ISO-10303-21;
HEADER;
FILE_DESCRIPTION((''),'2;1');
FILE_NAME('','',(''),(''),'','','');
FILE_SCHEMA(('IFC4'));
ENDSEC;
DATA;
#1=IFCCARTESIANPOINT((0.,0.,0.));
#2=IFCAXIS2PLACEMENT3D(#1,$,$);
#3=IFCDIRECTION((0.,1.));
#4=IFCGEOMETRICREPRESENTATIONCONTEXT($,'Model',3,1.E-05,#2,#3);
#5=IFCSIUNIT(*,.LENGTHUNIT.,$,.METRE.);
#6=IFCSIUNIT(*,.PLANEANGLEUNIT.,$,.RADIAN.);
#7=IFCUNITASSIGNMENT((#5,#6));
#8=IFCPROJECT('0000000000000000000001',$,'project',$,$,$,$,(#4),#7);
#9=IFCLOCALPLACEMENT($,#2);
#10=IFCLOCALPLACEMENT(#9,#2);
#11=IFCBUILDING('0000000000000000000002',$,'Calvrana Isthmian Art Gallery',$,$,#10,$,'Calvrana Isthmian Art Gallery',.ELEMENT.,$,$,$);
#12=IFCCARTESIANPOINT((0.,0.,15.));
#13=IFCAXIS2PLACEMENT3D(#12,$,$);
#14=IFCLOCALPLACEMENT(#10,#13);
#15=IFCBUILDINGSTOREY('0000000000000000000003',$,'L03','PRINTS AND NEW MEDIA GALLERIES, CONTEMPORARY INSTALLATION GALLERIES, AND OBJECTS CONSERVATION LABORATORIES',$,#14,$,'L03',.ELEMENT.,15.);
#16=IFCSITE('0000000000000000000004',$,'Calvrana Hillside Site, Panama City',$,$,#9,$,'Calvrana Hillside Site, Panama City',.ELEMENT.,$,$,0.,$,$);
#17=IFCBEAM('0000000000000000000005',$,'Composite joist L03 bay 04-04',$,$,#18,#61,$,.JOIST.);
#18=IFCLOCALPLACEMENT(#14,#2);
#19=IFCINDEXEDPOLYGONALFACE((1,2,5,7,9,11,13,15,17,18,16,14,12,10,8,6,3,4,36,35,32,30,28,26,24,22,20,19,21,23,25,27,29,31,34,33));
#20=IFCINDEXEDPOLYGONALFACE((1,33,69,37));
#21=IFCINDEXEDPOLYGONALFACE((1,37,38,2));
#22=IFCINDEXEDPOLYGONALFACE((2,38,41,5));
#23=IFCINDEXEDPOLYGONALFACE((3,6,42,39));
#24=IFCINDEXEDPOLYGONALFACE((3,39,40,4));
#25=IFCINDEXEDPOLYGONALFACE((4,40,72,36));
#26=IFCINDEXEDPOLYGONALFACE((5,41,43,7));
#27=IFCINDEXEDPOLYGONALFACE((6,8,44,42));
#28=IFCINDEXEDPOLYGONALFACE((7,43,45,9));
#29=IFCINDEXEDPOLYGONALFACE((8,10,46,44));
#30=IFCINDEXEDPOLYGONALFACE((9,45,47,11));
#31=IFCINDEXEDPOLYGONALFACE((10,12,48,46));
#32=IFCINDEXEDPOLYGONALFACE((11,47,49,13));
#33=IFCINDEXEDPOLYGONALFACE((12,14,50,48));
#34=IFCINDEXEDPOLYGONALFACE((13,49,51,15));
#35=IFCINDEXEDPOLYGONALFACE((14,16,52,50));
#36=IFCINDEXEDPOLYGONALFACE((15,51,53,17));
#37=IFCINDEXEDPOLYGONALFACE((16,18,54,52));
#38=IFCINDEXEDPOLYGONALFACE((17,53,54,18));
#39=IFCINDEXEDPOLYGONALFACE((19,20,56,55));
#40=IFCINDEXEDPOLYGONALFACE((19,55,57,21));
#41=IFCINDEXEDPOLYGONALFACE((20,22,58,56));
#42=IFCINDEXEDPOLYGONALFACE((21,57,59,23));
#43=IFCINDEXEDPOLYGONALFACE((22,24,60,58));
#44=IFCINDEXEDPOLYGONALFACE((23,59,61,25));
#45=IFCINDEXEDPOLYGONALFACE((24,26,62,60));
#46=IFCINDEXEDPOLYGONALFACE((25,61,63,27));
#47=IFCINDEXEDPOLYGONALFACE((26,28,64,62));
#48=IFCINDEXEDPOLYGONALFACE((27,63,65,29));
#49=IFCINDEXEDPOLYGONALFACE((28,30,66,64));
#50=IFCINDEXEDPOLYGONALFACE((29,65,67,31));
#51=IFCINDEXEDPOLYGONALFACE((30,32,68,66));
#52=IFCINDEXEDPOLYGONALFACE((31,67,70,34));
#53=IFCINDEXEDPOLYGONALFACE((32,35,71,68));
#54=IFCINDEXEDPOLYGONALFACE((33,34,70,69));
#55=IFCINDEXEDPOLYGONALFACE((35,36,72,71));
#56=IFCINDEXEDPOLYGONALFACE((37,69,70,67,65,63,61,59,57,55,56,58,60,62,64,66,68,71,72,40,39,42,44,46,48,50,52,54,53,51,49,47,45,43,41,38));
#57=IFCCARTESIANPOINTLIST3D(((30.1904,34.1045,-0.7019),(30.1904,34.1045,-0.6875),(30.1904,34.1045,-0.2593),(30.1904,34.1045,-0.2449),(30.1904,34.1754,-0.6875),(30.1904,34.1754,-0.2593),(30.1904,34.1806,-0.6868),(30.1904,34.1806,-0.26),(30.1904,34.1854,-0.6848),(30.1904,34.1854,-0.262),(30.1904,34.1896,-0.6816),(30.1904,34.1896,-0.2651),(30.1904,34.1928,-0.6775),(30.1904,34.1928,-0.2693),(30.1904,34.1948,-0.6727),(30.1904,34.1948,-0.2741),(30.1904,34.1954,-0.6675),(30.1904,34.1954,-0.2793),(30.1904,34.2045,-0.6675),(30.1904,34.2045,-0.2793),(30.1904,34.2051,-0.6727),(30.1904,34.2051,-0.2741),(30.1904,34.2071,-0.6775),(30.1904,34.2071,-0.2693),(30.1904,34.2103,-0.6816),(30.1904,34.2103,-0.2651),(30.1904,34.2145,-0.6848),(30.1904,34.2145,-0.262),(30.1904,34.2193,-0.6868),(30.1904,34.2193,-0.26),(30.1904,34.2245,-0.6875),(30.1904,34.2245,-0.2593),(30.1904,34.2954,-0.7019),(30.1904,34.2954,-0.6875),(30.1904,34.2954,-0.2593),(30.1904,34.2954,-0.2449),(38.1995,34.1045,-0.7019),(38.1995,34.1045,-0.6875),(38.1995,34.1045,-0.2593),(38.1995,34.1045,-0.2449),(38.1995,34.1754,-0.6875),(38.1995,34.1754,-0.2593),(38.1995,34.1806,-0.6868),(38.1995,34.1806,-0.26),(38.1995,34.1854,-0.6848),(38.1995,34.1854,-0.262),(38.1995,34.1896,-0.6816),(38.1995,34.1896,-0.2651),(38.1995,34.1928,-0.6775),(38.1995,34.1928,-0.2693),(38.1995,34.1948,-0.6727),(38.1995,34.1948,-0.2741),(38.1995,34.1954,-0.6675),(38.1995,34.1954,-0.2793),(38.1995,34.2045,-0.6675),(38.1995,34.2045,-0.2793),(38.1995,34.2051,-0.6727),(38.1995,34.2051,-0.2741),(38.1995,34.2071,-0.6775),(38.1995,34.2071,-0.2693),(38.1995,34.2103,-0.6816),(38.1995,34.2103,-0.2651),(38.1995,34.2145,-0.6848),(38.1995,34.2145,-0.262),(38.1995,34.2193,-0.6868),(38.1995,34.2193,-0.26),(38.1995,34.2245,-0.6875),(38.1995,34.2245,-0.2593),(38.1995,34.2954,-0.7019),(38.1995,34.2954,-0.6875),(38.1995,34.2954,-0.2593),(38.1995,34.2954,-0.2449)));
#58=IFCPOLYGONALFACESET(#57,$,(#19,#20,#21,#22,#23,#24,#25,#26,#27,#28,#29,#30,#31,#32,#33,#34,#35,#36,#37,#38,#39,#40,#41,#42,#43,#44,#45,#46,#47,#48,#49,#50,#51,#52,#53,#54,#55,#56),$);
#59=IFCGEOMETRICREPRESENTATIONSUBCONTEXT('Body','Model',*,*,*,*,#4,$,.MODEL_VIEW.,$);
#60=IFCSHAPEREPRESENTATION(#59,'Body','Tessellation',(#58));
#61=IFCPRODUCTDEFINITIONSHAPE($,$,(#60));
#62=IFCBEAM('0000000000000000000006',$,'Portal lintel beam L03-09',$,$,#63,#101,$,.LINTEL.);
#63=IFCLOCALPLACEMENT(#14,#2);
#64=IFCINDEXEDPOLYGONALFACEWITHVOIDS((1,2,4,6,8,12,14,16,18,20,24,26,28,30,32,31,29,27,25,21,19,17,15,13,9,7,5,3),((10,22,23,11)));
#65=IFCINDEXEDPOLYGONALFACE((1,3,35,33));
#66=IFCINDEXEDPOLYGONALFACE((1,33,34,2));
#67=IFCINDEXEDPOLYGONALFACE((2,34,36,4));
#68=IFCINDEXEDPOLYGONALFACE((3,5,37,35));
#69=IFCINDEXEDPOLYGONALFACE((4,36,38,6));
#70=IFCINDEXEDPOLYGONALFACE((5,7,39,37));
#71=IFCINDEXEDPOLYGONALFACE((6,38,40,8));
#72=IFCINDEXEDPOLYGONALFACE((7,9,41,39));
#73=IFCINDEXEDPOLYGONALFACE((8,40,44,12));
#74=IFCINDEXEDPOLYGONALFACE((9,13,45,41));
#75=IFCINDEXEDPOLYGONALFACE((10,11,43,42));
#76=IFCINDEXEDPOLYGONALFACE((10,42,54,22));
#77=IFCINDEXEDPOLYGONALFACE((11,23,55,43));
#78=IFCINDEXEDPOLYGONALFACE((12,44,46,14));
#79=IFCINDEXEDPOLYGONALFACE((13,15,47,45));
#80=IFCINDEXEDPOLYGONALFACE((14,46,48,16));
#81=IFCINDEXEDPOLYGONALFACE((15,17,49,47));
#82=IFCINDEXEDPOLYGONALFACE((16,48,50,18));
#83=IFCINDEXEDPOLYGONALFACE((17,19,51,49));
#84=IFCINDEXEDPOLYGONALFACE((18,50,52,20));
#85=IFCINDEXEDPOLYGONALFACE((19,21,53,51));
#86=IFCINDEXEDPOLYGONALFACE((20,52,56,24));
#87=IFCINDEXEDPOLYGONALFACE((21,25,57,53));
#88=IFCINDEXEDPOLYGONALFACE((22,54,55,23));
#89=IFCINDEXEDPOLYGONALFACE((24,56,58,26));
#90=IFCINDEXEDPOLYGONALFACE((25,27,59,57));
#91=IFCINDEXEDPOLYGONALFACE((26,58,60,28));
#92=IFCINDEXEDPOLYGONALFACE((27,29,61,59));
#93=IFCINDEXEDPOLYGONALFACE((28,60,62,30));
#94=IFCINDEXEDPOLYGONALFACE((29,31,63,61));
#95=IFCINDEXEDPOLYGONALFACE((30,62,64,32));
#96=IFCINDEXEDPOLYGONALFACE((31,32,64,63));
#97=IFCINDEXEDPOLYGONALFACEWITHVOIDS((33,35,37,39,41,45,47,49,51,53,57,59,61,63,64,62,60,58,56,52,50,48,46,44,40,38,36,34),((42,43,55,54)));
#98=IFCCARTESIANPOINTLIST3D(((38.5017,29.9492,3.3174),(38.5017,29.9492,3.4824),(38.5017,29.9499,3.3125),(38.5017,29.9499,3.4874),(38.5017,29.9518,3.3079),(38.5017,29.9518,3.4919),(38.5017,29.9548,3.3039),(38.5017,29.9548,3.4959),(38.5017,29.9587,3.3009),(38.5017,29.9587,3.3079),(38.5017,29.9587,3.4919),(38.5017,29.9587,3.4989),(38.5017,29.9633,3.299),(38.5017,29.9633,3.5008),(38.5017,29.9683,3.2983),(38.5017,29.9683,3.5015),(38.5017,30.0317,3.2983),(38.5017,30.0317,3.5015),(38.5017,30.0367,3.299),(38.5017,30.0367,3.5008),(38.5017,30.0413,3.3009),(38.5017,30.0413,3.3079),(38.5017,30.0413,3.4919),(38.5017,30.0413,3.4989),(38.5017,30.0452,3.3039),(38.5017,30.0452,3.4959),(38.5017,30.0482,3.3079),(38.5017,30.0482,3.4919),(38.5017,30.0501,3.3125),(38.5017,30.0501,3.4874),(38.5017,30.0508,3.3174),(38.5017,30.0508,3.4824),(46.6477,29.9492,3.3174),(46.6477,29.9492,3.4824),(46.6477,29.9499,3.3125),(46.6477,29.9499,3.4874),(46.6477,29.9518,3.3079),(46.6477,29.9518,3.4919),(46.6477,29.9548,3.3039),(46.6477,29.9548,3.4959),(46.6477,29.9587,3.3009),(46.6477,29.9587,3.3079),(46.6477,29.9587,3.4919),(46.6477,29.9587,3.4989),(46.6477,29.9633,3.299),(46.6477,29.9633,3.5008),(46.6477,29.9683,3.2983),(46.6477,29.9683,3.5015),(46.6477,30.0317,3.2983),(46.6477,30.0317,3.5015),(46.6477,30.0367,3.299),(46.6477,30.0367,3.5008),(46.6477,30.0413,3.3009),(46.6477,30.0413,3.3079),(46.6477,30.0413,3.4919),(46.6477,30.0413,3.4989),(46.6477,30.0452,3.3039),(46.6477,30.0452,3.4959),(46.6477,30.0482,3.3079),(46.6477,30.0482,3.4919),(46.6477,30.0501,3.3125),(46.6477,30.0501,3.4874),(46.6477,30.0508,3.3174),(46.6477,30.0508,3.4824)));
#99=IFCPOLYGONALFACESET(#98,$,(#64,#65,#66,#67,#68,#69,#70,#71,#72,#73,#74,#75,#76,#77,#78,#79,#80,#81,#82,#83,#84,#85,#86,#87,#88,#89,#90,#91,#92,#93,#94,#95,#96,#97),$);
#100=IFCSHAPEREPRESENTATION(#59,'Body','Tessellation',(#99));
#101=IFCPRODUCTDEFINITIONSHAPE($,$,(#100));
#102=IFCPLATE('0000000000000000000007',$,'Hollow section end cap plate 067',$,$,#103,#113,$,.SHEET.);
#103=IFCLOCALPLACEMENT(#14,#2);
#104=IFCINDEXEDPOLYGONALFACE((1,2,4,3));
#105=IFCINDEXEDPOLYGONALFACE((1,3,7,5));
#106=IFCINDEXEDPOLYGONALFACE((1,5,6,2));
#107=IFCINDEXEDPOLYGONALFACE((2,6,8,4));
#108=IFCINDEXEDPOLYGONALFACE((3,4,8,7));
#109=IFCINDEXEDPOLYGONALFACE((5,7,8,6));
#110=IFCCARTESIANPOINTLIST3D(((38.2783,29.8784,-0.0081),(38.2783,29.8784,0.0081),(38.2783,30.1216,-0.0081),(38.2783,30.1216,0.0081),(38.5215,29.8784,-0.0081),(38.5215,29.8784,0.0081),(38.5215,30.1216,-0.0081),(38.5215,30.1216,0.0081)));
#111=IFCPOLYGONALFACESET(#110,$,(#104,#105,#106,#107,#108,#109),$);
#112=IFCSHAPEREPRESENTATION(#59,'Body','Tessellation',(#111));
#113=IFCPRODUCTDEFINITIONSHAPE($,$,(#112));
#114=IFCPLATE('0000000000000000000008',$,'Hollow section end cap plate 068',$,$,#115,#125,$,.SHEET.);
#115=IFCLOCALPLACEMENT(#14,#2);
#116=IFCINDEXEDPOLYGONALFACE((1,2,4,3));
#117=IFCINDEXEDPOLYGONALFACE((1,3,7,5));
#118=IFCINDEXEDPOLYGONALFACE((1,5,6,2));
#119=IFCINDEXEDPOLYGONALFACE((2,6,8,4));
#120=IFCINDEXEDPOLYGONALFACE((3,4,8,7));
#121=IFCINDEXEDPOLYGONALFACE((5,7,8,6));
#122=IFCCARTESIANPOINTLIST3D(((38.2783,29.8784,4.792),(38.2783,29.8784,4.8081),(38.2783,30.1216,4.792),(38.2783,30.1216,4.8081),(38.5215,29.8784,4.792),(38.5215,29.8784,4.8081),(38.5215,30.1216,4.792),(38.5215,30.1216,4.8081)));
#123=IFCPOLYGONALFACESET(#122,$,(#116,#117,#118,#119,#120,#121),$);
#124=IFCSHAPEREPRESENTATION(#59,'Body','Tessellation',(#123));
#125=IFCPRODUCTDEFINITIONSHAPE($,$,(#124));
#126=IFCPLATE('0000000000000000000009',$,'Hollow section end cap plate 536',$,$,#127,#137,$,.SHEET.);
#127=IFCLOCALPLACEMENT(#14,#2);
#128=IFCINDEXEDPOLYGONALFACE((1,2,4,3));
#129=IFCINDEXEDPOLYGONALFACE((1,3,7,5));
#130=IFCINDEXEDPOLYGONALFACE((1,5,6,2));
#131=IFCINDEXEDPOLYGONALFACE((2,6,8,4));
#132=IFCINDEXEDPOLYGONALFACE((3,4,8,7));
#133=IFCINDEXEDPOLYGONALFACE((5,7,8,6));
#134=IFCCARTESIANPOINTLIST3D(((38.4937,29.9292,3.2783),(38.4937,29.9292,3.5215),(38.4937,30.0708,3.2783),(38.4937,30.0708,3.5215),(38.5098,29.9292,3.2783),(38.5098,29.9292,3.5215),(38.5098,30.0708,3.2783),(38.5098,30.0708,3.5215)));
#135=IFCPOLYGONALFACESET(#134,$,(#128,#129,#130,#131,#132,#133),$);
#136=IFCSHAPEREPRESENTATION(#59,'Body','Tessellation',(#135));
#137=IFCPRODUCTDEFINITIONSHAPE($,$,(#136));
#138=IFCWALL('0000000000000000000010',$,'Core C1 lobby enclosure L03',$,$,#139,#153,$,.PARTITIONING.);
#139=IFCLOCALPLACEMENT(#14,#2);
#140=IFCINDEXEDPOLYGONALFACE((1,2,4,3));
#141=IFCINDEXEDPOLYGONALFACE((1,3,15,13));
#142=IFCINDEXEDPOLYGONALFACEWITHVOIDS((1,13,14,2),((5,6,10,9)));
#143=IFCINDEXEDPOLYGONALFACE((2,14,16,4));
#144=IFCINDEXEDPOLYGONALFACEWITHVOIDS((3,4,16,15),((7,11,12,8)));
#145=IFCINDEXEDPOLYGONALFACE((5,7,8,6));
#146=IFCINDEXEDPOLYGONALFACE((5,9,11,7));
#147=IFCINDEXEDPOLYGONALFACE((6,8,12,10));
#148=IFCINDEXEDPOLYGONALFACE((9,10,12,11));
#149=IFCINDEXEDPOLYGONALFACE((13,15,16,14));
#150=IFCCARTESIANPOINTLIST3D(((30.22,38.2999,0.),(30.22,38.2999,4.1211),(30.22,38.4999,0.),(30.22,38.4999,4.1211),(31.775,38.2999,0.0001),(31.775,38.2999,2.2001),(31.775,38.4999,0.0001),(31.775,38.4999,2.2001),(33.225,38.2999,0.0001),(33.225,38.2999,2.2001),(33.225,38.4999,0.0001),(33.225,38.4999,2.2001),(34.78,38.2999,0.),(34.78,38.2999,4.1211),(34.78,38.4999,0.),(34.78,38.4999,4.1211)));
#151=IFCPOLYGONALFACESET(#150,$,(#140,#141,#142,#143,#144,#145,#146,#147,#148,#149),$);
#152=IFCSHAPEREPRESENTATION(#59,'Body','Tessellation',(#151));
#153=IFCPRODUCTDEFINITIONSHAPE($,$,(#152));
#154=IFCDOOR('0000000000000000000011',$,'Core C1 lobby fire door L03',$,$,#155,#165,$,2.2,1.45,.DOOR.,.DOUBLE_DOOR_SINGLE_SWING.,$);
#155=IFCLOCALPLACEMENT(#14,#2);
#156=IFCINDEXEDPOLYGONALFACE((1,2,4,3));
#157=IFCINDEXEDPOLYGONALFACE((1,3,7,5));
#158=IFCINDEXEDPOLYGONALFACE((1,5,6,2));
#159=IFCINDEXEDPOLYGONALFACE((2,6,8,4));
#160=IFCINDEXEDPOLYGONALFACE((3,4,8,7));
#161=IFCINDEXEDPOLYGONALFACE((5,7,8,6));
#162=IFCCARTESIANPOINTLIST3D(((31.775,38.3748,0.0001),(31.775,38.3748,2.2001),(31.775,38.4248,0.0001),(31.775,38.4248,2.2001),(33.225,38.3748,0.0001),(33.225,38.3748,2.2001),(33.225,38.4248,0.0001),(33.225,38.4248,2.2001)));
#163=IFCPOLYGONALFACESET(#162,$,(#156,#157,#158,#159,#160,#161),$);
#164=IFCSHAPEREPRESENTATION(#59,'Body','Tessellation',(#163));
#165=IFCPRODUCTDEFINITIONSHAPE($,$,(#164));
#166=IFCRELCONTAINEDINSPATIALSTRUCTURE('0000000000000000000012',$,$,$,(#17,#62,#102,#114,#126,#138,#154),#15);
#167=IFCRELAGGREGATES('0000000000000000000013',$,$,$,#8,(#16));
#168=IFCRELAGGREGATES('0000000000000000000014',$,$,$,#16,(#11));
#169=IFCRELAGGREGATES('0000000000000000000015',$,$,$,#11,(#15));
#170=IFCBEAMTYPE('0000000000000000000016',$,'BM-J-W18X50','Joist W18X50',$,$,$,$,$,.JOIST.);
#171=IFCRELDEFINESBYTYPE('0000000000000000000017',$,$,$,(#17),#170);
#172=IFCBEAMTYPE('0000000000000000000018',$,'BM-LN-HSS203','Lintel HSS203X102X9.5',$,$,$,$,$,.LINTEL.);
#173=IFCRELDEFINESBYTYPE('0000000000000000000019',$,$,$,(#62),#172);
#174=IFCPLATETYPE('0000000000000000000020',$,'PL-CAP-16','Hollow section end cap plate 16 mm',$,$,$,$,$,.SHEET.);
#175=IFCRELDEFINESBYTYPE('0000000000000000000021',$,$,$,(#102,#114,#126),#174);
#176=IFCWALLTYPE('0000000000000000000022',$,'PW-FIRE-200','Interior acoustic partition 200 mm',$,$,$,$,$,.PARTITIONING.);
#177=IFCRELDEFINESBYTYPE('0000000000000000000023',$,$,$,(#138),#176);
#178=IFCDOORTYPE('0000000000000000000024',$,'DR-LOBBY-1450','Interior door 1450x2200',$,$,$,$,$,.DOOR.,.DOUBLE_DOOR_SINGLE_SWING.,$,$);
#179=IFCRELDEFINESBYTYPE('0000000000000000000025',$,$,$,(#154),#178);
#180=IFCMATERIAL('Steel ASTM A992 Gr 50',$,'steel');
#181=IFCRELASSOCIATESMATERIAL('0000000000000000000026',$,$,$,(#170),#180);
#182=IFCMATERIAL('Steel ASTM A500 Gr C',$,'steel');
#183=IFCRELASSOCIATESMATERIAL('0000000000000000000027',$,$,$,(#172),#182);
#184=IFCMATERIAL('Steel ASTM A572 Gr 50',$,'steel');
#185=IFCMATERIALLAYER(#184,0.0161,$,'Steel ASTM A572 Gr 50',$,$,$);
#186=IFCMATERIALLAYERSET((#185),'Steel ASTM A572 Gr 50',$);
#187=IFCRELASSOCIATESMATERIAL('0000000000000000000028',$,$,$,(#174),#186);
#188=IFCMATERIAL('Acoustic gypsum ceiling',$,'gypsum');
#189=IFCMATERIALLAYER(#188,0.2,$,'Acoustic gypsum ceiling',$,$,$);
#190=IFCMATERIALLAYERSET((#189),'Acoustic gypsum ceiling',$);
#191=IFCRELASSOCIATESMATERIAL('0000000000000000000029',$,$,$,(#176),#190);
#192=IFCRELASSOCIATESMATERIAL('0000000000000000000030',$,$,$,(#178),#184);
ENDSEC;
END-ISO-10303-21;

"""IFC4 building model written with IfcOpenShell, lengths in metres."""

from ifc_helpers import new_model, si_unit, direction, frame, frame_2d, origin, origin_2d, place, context, subcontext, project, spatial, rectangle, hollow_rectangle, i_section, extrude, material, layer, layer_set, material_profile, profile_set, type_object, element, fill, save


model = new_model("IFC4")

# Units and contexts
model_context = context("Model", 3, precision=1e-05, world=origin(), true_north=direction((0.0, 1.0)))
body_context = subcontext(model_context, "Body", "Model", "MODEL_VIEW")
ifc_project = project(units=[si_unit("LENGTHUNIT", "METRE"), si_unit("PLANEANGLEUNIT", "RADIAN")], contexts=[model_context])

# Site, building, storey
site_placement = place(None, origin())
site = spatial("IfcSite", under=ifc_project, at=site_placement, Name="Calvrana Hillside Site, Panama City", LongName="Calvrana Hillside Site, Panama City", CompositionType="ELEMENT", RefElevation=0.0)
building_placement = place(site_placement, origin())
building = spatial("IfcBuilding", under=site, at=building_placement, Name="Calvrana Isthmian Art Gallery", LongName="Calvrana Isthmian Art Gallery", CompositionType="ELEMENT")
storey_placement = place(building_placement, frame((0.0, 0.0, 15.0)))
storey = spatial("IfcBuildingStorey", under=building, at=storey_placement, Name="L03", Description="PRINTS AND NEW MEDIA GALLERIES, CONTEMPORARY INSTALLATION GALLERIES, AND OBJECTS CONSERVATION LABORATORIES", LongName="L03", CompositionType="ELEMENT", Elevation=15.0)

# Shared definitions
ifc_material_1 = material(Name="Steel ASTM A500 Gr C", Category="steel")
ifc_material_2 = material(Name="Steel ASTM A992 Gr 50", Category="steel")

# Beams
ifc_material_profile_1 = material_profile(ifc_material_2, i_section(OverallWidth=0.1909, OverallDepth=0.457, WebThickness=0.009, FlangeThickness=0.0144, FilletRadius=0.02, at=origin_2d()), Name="W18X50")
ifc_profile_set_1 = profile_set([ifc_material_profile_1], Name="Steel ASTM A992 Gr 50")
beam_type_1 = type_object("IfcBeamType", Name="BM-J-W18X50", Description="Joist W18X50", PredefinedType="JOIST", material=ifc_profile_set_1)
beam_1_placement = place(storey_placement, frame((30.1904, 34.2, -0.4734), z_axis=(1.0, 0.0, 0.0), x_axis=(0.0, 1.0, 0.0)))
element("IfcBeam", 1, at=beam_1_placement, inside=storey, type_object=beam_type_1, Name="Composite joist L03 bay 04-04", PredefinedType="JOIST", context=body_context, shape_type="SweptSolid", body=[
    extrude(i_section(OverallWidth=0.1909, OverallDepth=0.457, WebThickness=0.009, FlangeThickness=0.0144, FilletRadius=0.02, at=origin_2d()), origin(), (0.0, 0.0, 1.0), 8.009),
])
ifc_material_profile_2 = material_profile(ifc_material_1, hollow_rectangle(XDim=0.1016, YDim=0.2031, WallThickness=0.0095, OuterFilletRadius=0.019, at=origin_2d()), Name="HSS203X102X9.5")
ifc_profile_set_2 = profile_set([ifc_material_profile_2], Name="Steel ASTM A500 Gr C")
beam_type_2 = type_object("IfcBeamType", Name="BM-LN-HSS203", Description="Lintel HSS203X102X9.5", PredefinedType="LINTEL", material=ifc_profile_set_2)
beam_2_placement = place(storey_placement, frame((38.5017, 30.0, 3.3999), z_axis=(1.0, 0.0, 0.0), x_axis=(0.0, 1.0, 0.0)))
element("IfcBeam", 2, at=beam_2_placement, inside=storey, type_object=beam_type_2, Name="Portal lintel beam L03-09", PredefinedType="LINTEL", context=body_context, shape_type="SweptSolid", body=[
    extrude(hollow_rectangle(XDim=0.1016, YDim=0.2031, WallThickness=0.0095, OuterFilletRadius=0.019, at=origin_2d()), origin(), (0.0, 0.0, 1.0), 8.146),
])

# Plates
ifc_material_3 = material(Name="Steel ASTM A572 Gr 50", Category="steel")
ifc_layer_1 = layer(ifc_material_3, 0.0161, Name="Steel ASTM A572 Gr 50")
ifc_layer_set_1 = layer_set([ifc_layer_1], Name="Steel ASTM A572 Gr 50")
plate_type = type_object("IfcPlateType", Name="PL-CAP-16", Description="Hollow section end cap plate 16 mm", PredefinedType="SHEET", material=ifc_layer_set_1)
for number, where, z_axis, x_axis, name in (
    (3, (38.3999, 30.0, -0.0081), (0.0, 0.0, 1.0), (1.0, 0.0, 0.0), "Hollow section end cap plate 067"),
    (4, (38.3999, 30.0, 4.792), (0.0, 0.0, 1.0), (1.0, 0.0, 0.0), "Hollow section end cap plate 068"),
):
    element("IfcPlate", number, at=place(storey_placement, frame(where, z_axis=z_axis, x_axis=x_axis)), inside=storey, type_object=plate_type, Name=name, PredefinedType="SHEET", context=body_context, shape_type="SweptSolid", body=[
        extrude(rectangle(XDim=0.2432, YDim=0.2432, at=origin_2d()), origin(), (0.0, 0.0, 1.0), 0.0161),
    ])
plate_placement = place(storey_placement, frame((38.5017, 30.0, 3.2783), z_axis=(0.0, 0.0, 1.0), x_axis=(1.0, 0.0, 0.0)))
element("IfcPlate", 5, at=plate_placement, inside=storey, type_object=plate_type, Name="Hollow section end cap plate 536", PredefinedType="SHEET", context=body_context, shape_type="SweptSolid", body=[
    extrude(rectangle(XDim=0.0161, YDim=0.1416, at=origin_2d()), origin(), (0.0, 0.0, 1.0), 0.2432),
])

# Wall, opening, door
ifc_material_4 = material(Name="Acoustic gypsum ceiling", Category="gypsum")
ifc_layer_2 = layer(ifc_material_4, 0.2, Name="Acoustic gypsum ceiling")
ifc_layer_set_2 = layer_set([ifc_layer_2], Name="Acoustic gypsum ceiling")
wall_type_1 = type_object("IfcWallType", Name="PW-FIRE-200", Description="Interior acoustic partition 200 mm", PredefinedType="PARTITIONING", material=ifc_layer_set_2)
wall_1_placement = place(storey_placement, frame((30.22, 38.3999, 0.0), z_axis=(0.0, 0.0, 1.0), x_axis=(1.0, 0.0, 0.0)))
wall_1 = element("IfcWall", 6, at=wall_1_placement, inside=storey, type_object=wall_type_1, Name="Core C1 lobby enclosure L03", PredefinedType="PARTITIONING", context=body_context, shape_type="SweptSolid", body=[
    extrude(rectangle(XDim=4.5601, YDim=0.2, at=frame_2d((2.28, 0.0))), origin(), (0.0, 0.0, 1.0), 4.1211),
])
opening_1_placement = place(wall_1_placement, frame((1.5549, 0.0, 0.0)))
opening_1 = element("IfcOpeningElement", 7, at=opening_1_placement, cuts=wall_1, PredefinedType="OPENING", context=body_context, shape_type="SweptSolid", body=[
    extrude(rectangle(XDim=1.45, YDim=2.2, at=frame_2d((0.7251, 1.1001))), frame((0.0, 0.1104, 0.0), z_axis=(0.0, -1.0, 0.0), x_axis=(1.0, 0.0, 0.0)), (0.0, 0.0, 1.0), 0.2205),
])
door_type_1 = type_object("IfcDoorType", Name="DR-LOBBY-1450", Description="Interior door 1450x2200", OperationType="DOUBLE_DOOR_SINGLE_SWING", PredefinedType="DOOR", material=ifc_material_3)
door_1_placement = place(opening_1_placement, origin())
door_1 = element("IfcDoor", 8, at=door_1_placement, inside=storey, type_object=door_type_1, Name="Core C1 lobby fire door L03", OperationType="DOUBLE_DOOR_SINGLE_SWING", OverallHeight=2.2, OverallWidth=1.45, PredefinedType="DOOR", context=body_context, shape_type="SweptSolid", body=[
    extrude(rectangle(XDim=1.45, YDim=2.2, at=frame_2d((0.7251, 1.1001))), frame((0.0, 0.0249, 0.0), z_axis=(0.0, -1.0, 0.0), x_axis=(1.0, 0.0, 0.0)), (0.0, 0.0, 1.0), 0.05),
])
fill(opening_1, door_1)

save(model, "model.ifc")
